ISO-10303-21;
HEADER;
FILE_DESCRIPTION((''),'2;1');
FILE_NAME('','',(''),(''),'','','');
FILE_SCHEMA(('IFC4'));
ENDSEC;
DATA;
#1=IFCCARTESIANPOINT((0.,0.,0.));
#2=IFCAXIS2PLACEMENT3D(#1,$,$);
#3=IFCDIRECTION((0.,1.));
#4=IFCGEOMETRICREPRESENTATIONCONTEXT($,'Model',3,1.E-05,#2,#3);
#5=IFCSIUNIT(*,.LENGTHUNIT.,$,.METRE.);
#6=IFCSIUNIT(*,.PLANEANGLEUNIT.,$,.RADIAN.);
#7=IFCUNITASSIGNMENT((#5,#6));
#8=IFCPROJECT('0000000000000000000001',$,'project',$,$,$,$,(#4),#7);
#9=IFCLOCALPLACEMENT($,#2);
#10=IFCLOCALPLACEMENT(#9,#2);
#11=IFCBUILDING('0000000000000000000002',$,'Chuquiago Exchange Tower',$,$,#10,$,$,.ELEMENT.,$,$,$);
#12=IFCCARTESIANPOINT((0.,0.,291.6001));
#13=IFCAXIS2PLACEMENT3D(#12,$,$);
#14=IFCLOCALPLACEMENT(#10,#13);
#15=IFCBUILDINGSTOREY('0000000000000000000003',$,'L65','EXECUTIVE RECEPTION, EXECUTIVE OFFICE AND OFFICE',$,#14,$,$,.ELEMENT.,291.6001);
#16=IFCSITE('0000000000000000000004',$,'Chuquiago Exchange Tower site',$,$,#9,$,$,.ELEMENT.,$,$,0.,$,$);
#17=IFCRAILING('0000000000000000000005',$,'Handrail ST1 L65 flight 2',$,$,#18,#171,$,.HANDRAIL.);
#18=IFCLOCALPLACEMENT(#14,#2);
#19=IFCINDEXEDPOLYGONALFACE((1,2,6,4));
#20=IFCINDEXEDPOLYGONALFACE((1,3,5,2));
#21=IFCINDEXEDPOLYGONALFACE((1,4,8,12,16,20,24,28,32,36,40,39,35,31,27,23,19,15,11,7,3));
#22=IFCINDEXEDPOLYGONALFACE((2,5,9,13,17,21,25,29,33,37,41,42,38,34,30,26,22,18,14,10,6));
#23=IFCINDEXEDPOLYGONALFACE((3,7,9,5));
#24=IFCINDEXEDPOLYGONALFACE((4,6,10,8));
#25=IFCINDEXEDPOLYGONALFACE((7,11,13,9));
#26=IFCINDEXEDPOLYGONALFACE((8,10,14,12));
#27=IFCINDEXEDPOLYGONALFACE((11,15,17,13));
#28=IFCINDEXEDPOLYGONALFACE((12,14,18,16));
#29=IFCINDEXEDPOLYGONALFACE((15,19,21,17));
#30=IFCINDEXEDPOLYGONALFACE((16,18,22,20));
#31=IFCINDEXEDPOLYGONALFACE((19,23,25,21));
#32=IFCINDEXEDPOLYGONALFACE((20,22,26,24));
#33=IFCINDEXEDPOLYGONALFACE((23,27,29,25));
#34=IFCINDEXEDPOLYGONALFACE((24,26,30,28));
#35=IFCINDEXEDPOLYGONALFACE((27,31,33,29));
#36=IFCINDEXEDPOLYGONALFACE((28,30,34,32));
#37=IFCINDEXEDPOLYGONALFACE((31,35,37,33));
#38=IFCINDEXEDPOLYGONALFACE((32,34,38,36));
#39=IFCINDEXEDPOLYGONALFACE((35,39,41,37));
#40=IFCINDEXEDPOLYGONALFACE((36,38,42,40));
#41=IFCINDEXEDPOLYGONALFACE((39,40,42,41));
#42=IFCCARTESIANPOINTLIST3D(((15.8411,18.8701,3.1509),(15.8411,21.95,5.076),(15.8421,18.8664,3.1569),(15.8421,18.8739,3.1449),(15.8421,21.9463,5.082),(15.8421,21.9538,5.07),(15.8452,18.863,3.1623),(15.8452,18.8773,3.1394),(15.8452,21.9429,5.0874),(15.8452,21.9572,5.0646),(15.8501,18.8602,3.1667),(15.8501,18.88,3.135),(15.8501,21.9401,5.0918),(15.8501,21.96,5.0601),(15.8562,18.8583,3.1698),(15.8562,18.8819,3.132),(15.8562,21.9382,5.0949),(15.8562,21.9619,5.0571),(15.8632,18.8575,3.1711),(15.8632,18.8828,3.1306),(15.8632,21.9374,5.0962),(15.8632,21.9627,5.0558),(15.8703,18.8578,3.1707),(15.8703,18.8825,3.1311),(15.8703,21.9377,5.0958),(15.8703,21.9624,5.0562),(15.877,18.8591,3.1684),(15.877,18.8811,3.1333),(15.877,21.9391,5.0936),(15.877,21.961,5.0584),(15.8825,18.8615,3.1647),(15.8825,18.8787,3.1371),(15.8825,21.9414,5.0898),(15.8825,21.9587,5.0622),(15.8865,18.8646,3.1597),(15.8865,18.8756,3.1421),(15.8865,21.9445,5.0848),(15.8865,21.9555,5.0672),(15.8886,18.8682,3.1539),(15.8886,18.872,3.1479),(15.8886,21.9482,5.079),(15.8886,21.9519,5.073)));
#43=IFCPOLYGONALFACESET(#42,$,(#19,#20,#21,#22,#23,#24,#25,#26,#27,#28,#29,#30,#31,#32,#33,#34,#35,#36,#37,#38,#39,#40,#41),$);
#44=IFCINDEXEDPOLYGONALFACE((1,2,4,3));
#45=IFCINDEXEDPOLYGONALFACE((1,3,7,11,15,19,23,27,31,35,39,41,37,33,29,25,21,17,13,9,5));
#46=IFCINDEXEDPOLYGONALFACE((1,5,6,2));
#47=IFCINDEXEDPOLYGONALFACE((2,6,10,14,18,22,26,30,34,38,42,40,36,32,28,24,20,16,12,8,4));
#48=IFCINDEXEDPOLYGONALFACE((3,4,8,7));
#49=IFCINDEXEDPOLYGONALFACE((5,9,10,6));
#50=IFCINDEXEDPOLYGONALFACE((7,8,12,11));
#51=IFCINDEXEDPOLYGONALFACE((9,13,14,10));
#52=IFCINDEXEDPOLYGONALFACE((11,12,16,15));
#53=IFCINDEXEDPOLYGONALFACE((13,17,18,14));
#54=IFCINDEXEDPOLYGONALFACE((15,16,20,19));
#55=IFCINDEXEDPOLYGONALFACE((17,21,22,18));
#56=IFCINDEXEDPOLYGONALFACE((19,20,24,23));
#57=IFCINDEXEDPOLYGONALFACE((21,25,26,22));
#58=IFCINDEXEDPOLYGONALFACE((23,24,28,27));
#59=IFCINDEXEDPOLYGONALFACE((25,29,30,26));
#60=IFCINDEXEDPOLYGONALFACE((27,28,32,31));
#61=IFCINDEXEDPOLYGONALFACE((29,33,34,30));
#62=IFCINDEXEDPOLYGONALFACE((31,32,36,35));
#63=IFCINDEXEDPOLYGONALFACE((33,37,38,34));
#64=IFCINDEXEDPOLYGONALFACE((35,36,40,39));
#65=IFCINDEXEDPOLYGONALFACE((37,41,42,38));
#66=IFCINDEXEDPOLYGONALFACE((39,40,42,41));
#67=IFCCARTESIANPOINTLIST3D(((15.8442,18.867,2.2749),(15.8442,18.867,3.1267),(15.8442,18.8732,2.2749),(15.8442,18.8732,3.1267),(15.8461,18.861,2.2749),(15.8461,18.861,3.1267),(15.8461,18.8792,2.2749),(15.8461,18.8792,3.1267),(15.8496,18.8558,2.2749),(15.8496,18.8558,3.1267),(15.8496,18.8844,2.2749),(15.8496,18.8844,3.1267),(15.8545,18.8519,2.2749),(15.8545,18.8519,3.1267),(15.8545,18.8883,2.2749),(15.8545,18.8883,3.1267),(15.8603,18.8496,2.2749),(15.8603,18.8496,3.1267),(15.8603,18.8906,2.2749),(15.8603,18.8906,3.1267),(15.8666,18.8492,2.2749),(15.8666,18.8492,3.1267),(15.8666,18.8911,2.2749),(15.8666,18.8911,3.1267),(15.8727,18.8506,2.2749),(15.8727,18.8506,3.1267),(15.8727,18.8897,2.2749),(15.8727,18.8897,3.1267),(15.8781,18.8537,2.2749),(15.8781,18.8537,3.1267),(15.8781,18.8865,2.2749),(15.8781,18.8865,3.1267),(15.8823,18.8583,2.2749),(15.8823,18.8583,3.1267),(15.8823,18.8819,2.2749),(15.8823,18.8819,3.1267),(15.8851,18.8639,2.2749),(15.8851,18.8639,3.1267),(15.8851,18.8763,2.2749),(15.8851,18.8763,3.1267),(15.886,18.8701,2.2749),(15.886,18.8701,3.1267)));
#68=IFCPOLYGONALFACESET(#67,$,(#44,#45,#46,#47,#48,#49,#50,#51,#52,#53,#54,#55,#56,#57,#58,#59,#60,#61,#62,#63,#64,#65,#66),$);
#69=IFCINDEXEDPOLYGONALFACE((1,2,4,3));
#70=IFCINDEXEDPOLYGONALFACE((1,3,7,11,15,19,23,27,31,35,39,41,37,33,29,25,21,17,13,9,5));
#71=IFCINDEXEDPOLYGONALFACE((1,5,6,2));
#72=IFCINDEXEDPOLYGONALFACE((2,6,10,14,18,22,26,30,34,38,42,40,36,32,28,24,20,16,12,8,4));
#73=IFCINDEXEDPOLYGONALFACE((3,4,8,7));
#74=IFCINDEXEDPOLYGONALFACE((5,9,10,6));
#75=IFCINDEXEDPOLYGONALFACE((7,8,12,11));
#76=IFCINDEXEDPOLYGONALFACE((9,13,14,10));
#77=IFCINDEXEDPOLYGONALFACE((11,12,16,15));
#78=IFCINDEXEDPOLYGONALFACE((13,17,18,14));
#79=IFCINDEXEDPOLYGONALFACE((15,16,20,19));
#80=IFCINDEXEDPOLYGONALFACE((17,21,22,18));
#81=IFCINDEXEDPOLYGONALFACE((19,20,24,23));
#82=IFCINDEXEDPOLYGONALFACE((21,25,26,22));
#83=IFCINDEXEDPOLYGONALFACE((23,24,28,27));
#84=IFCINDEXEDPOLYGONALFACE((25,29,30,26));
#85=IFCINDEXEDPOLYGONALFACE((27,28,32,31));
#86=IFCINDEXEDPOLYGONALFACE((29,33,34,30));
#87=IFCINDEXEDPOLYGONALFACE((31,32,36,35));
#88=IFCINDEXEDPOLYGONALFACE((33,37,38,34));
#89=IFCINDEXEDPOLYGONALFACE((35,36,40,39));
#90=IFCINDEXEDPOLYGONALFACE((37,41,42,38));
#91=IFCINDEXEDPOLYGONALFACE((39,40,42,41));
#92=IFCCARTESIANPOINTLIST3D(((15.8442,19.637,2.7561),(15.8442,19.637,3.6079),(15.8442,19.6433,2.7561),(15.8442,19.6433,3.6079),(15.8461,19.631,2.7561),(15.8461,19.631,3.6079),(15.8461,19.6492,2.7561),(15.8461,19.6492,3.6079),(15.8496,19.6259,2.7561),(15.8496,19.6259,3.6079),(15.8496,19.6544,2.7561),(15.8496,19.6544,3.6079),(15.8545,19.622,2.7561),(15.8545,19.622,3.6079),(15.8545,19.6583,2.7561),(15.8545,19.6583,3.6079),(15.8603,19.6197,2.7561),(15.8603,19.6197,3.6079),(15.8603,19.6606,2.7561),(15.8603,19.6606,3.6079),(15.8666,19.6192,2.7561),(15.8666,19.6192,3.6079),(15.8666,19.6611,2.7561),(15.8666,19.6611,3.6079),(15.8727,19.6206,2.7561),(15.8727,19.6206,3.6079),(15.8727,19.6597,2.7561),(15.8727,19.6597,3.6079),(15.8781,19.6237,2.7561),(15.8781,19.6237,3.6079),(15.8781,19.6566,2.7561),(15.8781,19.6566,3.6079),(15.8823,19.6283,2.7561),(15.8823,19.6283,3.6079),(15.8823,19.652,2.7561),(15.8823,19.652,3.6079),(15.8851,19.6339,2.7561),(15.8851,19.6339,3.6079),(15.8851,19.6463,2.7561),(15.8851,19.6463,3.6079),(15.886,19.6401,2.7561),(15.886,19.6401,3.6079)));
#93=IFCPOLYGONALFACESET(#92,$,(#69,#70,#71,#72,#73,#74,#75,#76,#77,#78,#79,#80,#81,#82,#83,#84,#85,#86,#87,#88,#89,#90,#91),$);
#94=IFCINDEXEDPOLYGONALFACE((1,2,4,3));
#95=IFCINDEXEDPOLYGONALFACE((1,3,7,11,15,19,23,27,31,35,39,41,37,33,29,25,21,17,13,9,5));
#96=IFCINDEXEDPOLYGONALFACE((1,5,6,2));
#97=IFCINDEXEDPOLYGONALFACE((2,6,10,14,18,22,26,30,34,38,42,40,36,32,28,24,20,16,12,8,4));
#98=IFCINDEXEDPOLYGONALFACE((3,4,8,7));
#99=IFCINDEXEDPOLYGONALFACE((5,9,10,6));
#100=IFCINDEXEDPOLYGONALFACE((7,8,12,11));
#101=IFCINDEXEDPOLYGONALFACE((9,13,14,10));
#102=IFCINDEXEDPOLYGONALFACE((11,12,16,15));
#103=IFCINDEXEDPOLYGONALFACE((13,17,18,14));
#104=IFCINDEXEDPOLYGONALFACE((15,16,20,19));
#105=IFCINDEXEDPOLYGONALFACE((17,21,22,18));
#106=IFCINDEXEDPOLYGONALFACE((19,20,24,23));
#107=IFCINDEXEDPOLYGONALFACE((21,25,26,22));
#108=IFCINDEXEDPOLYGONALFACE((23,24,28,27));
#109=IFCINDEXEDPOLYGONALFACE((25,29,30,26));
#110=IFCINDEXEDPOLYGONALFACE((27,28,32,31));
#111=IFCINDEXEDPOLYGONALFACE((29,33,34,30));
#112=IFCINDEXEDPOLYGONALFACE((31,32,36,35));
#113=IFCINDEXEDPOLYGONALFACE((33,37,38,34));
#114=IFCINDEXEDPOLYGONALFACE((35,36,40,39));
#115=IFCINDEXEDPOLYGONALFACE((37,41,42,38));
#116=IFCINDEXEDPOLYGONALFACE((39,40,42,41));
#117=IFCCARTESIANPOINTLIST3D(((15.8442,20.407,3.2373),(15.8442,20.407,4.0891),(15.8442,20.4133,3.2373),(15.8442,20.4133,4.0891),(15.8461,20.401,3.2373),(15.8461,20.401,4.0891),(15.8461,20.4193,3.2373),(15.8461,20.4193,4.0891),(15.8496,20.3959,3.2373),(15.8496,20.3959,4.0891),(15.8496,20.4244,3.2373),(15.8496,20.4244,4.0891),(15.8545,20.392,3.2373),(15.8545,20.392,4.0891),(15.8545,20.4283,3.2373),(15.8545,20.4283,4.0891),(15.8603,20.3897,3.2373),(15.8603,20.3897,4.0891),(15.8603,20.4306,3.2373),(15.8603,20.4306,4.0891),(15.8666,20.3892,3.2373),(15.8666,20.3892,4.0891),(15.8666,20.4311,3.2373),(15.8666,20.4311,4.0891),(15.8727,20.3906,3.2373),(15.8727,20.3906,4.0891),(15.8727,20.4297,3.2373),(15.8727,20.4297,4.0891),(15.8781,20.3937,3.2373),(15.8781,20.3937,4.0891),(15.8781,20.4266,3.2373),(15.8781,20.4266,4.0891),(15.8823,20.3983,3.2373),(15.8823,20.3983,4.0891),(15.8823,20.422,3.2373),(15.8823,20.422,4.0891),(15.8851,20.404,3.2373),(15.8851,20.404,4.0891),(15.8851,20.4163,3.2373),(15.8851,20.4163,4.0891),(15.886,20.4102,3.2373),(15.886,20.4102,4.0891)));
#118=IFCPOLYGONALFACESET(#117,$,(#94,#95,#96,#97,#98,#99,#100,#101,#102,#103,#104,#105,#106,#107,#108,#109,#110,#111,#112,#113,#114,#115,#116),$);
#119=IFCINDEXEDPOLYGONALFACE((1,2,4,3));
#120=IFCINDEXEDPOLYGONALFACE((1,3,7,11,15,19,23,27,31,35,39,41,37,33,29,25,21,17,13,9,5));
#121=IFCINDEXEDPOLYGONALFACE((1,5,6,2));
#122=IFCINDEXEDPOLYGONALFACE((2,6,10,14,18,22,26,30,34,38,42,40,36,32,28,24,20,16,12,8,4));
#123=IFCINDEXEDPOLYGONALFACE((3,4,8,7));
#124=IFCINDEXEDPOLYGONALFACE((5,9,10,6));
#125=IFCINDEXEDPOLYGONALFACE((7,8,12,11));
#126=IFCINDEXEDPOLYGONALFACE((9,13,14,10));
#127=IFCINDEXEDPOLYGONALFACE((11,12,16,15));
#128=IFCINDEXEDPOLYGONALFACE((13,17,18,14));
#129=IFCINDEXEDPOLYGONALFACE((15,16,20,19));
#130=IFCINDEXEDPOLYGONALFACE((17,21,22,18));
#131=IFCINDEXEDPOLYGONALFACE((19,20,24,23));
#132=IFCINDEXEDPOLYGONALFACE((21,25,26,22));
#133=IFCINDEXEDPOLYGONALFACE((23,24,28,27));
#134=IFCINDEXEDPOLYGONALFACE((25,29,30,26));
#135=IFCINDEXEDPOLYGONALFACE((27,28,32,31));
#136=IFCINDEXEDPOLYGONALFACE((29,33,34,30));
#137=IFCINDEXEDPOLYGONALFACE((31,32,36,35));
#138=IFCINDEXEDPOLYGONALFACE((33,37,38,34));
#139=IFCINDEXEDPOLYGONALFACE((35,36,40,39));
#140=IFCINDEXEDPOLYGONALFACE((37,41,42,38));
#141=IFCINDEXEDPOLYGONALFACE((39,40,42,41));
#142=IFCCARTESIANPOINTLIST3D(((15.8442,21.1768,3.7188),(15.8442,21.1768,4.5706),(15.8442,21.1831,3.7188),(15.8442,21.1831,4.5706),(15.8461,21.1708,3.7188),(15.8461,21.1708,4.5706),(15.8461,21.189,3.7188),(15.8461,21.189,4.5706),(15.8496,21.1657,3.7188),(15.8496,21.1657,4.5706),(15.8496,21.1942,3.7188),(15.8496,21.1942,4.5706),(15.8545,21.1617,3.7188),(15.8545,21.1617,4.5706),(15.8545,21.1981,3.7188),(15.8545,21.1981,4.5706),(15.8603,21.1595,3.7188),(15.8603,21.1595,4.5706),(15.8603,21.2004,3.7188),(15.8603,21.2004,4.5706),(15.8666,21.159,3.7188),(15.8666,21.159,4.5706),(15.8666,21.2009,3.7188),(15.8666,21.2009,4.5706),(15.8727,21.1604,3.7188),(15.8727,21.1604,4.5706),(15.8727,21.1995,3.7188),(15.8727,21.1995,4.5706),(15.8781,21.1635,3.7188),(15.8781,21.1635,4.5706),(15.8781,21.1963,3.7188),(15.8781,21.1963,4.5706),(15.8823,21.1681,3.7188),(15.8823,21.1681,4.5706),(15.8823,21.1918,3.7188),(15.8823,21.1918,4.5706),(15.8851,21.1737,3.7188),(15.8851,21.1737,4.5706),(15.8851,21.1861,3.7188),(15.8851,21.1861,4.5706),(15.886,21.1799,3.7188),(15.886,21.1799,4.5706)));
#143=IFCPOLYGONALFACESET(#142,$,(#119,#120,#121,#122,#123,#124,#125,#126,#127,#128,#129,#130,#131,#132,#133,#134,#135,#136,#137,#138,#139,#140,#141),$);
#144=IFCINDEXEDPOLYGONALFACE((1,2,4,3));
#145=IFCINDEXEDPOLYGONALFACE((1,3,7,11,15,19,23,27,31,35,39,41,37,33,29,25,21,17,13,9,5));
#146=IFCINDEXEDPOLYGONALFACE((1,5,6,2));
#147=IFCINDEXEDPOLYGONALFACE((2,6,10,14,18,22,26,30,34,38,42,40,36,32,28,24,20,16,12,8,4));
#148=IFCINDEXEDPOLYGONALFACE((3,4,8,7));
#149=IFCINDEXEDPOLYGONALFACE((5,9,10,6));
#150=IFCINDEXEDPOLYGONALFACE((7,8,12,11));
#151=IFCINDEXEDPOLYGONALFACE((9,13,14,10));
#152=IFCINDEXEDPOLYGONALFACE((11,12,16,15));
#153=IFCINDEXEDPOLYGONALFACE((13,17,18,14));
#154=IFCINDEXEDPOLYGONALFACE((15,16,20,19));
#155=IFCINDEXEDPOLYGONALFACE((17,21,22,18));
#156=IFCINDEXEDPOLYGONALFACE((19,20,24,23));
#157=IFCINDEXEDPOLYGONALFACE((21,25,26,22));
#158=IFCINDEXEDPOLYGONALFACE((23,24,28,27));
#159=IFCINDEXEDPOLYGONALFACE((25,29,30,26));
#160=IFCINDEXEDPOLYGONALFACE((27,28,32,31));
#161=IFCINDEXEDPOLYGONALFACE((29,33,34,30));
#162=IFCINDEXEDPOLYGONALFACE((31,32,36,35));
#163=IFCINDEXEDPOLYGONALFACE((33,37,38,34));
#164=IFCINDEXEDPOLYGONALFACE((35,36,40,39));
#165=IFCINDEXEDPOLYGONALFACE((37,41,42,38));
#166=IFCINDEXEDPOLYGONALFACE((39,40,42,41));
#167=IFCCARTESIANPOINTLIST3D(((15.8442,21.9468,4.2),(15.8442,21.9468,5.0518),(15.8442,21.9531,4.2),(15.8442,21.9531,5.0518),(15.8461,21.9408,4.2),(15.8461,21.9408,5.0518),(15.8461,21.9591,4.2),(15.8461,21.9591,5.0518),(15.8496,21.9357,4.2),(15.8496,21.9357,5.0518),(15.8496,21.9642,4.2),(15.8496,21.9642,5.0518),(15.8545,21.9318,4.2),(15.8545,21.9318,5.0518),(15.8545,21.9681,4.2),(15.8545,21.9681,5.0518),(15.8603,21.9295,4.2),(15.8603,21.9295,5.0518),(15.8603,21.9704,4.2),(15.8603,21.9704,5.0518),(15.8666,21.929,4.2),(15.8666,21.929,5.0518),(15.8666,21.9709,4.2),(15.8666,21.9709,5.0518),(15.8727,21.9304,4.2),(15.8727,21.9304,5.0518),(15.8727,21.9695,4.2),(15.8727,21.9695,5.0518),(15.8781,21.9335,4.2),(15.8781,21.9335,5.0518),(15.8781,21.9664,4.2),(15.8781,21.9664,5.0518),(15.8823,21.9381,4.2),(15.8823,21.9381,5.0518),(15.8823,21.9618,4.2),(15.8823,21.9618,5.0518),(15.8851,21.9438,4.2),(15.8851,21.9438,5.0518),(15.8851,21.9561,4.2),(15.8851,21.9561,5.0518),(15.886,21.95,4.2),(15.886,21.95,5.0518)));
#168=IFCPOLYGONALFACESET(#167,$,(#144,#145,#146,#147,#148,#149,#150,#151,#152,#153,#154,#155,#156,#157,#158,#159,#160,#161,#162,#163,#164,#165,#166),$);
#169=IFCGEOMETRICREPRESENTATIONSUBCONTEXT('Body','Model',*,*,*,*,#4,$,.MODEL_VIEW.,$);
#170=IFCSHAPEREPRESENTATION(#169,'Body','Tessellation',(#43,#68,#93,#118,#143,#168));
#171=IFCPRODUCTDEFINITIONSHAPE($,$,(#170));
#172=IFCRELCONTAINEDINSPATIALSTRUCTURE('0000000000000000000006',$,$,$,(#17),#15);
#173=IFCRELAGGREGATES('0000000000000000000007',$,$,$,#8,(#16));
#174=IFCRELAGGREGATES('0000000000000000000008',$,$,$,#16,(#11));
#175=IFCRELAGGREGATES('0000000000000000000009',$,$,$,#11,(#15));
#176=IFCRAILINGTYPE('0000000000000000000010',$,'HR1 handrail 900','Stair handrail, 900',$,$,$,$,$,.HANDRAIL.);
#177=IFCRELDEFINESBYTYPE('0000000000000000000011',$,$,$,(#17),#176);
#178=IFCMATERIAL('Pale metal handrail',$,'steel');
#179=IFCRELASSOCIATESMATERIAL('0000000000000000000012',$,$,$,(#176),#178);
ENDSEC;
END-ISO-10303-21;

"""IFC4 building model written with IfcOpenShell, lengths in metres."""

from ifc_helpers import new_model, si_unit, direction, frame, origin, origin_2d, place, context, subcontext, project, spatial, circle, extrude, material, type_object, element, save


model = new_model("IFC4")

# Units and contexts
model_context = context("Model", 3, precision=1e-05, world=origin(), true_north=direction((0.0, 1.0)))
body_context = subcontext(model_context, "Body", "Model", "MODEL_VIEW")
ifc_project = project(units=[si_unit("LENGTHUNIT", "METRE"), si_unit("PLANEANGLEUNIT", "RADIAN")], contexts=[model_context])

# Site, building, storey
site_placement = place(None, origin())
site = spatial("IfcSite", under=ifc_project, at=site_placement, Name="Chuquiago Exchange Tower site", CompositionType="ELEMENT", RefElevation=0.0)
building_placement = place(site_placement, origin())
building = spatial("IfcBuilding", under=site, at=building_placement, Name="Chuquiago Exchange Tower", CompositionType="ELEMENT")
storey_placement = place(building_placement, frame((0.0, 0.0, 291.6001)))
storey = spatial("IfcBuildingStorey", under=building, at=storey_placement, Name="L65", Description="EXECUTIVE RECEPTION, EXECUTIVE OFFICE AND OFFICE", CompositionType="ELEMENT", Elevation=291.6001)

# Railing
ifc_material_1 = material(Name="Pale metal handrail", Category="steel")
railing_type_1 = type_object("IfcRailingType", Name="HR1 handrail 900", Description="Stair handrail, 900", PredefinedType="HANDRAIL", material=ifc_material_1)
for number, where, name in (
    (1, (15.865, 18.8701, 2.2749), "Handrail ST1 L65 flight 2"),
):
    element("IfcRailing", number, at=place(storey_placement, frame(where)), inside=storey, type_object=railing_type_1, Name=name, PredefinedType="HANDRAIL", context=body_context, shape_type="SweptSolid", body=[
        extrude(circle(Radius=0.0239, at=origin_2d()), frame((0.0, 0.0, 0.876), z_axis=(0.0, 0.847979, 0.530029), x_axis=(-1.0, 0.0, 0.0)), (0.0, 0.0, 1.0), 3.6321),
        extrude(circle(Radius=0.021, at=origin_2d()), origin(), (0.0, 0.0, 1.0), 0.8518),
        extrude(circle(Radius=0.021, at=origin_2d()), frame((0.0, 0.77, 0.4812)), (0.0, 0.0, 1.0), 0.8518),
        extrude(circle(Radius=0.021, at=origin_2d()), frame((0.0, 1.54, 0.9624)), (0.0, 0.0, 1.0), 0.8518),
        extrude(circle(Radius=0.021, at=origin_2d()), frame((0.0, 2.3098, 1.4438)), (0.0, 0.0, 1.0), 0.8518),
        extrude(circle(Radius=0.021, at=origin_2d()), frame((0.0, 3.0798, 1.925)), (0.0, 0.0, 1.0), 0.8518),
    ])

save(model, "model.ifc")
